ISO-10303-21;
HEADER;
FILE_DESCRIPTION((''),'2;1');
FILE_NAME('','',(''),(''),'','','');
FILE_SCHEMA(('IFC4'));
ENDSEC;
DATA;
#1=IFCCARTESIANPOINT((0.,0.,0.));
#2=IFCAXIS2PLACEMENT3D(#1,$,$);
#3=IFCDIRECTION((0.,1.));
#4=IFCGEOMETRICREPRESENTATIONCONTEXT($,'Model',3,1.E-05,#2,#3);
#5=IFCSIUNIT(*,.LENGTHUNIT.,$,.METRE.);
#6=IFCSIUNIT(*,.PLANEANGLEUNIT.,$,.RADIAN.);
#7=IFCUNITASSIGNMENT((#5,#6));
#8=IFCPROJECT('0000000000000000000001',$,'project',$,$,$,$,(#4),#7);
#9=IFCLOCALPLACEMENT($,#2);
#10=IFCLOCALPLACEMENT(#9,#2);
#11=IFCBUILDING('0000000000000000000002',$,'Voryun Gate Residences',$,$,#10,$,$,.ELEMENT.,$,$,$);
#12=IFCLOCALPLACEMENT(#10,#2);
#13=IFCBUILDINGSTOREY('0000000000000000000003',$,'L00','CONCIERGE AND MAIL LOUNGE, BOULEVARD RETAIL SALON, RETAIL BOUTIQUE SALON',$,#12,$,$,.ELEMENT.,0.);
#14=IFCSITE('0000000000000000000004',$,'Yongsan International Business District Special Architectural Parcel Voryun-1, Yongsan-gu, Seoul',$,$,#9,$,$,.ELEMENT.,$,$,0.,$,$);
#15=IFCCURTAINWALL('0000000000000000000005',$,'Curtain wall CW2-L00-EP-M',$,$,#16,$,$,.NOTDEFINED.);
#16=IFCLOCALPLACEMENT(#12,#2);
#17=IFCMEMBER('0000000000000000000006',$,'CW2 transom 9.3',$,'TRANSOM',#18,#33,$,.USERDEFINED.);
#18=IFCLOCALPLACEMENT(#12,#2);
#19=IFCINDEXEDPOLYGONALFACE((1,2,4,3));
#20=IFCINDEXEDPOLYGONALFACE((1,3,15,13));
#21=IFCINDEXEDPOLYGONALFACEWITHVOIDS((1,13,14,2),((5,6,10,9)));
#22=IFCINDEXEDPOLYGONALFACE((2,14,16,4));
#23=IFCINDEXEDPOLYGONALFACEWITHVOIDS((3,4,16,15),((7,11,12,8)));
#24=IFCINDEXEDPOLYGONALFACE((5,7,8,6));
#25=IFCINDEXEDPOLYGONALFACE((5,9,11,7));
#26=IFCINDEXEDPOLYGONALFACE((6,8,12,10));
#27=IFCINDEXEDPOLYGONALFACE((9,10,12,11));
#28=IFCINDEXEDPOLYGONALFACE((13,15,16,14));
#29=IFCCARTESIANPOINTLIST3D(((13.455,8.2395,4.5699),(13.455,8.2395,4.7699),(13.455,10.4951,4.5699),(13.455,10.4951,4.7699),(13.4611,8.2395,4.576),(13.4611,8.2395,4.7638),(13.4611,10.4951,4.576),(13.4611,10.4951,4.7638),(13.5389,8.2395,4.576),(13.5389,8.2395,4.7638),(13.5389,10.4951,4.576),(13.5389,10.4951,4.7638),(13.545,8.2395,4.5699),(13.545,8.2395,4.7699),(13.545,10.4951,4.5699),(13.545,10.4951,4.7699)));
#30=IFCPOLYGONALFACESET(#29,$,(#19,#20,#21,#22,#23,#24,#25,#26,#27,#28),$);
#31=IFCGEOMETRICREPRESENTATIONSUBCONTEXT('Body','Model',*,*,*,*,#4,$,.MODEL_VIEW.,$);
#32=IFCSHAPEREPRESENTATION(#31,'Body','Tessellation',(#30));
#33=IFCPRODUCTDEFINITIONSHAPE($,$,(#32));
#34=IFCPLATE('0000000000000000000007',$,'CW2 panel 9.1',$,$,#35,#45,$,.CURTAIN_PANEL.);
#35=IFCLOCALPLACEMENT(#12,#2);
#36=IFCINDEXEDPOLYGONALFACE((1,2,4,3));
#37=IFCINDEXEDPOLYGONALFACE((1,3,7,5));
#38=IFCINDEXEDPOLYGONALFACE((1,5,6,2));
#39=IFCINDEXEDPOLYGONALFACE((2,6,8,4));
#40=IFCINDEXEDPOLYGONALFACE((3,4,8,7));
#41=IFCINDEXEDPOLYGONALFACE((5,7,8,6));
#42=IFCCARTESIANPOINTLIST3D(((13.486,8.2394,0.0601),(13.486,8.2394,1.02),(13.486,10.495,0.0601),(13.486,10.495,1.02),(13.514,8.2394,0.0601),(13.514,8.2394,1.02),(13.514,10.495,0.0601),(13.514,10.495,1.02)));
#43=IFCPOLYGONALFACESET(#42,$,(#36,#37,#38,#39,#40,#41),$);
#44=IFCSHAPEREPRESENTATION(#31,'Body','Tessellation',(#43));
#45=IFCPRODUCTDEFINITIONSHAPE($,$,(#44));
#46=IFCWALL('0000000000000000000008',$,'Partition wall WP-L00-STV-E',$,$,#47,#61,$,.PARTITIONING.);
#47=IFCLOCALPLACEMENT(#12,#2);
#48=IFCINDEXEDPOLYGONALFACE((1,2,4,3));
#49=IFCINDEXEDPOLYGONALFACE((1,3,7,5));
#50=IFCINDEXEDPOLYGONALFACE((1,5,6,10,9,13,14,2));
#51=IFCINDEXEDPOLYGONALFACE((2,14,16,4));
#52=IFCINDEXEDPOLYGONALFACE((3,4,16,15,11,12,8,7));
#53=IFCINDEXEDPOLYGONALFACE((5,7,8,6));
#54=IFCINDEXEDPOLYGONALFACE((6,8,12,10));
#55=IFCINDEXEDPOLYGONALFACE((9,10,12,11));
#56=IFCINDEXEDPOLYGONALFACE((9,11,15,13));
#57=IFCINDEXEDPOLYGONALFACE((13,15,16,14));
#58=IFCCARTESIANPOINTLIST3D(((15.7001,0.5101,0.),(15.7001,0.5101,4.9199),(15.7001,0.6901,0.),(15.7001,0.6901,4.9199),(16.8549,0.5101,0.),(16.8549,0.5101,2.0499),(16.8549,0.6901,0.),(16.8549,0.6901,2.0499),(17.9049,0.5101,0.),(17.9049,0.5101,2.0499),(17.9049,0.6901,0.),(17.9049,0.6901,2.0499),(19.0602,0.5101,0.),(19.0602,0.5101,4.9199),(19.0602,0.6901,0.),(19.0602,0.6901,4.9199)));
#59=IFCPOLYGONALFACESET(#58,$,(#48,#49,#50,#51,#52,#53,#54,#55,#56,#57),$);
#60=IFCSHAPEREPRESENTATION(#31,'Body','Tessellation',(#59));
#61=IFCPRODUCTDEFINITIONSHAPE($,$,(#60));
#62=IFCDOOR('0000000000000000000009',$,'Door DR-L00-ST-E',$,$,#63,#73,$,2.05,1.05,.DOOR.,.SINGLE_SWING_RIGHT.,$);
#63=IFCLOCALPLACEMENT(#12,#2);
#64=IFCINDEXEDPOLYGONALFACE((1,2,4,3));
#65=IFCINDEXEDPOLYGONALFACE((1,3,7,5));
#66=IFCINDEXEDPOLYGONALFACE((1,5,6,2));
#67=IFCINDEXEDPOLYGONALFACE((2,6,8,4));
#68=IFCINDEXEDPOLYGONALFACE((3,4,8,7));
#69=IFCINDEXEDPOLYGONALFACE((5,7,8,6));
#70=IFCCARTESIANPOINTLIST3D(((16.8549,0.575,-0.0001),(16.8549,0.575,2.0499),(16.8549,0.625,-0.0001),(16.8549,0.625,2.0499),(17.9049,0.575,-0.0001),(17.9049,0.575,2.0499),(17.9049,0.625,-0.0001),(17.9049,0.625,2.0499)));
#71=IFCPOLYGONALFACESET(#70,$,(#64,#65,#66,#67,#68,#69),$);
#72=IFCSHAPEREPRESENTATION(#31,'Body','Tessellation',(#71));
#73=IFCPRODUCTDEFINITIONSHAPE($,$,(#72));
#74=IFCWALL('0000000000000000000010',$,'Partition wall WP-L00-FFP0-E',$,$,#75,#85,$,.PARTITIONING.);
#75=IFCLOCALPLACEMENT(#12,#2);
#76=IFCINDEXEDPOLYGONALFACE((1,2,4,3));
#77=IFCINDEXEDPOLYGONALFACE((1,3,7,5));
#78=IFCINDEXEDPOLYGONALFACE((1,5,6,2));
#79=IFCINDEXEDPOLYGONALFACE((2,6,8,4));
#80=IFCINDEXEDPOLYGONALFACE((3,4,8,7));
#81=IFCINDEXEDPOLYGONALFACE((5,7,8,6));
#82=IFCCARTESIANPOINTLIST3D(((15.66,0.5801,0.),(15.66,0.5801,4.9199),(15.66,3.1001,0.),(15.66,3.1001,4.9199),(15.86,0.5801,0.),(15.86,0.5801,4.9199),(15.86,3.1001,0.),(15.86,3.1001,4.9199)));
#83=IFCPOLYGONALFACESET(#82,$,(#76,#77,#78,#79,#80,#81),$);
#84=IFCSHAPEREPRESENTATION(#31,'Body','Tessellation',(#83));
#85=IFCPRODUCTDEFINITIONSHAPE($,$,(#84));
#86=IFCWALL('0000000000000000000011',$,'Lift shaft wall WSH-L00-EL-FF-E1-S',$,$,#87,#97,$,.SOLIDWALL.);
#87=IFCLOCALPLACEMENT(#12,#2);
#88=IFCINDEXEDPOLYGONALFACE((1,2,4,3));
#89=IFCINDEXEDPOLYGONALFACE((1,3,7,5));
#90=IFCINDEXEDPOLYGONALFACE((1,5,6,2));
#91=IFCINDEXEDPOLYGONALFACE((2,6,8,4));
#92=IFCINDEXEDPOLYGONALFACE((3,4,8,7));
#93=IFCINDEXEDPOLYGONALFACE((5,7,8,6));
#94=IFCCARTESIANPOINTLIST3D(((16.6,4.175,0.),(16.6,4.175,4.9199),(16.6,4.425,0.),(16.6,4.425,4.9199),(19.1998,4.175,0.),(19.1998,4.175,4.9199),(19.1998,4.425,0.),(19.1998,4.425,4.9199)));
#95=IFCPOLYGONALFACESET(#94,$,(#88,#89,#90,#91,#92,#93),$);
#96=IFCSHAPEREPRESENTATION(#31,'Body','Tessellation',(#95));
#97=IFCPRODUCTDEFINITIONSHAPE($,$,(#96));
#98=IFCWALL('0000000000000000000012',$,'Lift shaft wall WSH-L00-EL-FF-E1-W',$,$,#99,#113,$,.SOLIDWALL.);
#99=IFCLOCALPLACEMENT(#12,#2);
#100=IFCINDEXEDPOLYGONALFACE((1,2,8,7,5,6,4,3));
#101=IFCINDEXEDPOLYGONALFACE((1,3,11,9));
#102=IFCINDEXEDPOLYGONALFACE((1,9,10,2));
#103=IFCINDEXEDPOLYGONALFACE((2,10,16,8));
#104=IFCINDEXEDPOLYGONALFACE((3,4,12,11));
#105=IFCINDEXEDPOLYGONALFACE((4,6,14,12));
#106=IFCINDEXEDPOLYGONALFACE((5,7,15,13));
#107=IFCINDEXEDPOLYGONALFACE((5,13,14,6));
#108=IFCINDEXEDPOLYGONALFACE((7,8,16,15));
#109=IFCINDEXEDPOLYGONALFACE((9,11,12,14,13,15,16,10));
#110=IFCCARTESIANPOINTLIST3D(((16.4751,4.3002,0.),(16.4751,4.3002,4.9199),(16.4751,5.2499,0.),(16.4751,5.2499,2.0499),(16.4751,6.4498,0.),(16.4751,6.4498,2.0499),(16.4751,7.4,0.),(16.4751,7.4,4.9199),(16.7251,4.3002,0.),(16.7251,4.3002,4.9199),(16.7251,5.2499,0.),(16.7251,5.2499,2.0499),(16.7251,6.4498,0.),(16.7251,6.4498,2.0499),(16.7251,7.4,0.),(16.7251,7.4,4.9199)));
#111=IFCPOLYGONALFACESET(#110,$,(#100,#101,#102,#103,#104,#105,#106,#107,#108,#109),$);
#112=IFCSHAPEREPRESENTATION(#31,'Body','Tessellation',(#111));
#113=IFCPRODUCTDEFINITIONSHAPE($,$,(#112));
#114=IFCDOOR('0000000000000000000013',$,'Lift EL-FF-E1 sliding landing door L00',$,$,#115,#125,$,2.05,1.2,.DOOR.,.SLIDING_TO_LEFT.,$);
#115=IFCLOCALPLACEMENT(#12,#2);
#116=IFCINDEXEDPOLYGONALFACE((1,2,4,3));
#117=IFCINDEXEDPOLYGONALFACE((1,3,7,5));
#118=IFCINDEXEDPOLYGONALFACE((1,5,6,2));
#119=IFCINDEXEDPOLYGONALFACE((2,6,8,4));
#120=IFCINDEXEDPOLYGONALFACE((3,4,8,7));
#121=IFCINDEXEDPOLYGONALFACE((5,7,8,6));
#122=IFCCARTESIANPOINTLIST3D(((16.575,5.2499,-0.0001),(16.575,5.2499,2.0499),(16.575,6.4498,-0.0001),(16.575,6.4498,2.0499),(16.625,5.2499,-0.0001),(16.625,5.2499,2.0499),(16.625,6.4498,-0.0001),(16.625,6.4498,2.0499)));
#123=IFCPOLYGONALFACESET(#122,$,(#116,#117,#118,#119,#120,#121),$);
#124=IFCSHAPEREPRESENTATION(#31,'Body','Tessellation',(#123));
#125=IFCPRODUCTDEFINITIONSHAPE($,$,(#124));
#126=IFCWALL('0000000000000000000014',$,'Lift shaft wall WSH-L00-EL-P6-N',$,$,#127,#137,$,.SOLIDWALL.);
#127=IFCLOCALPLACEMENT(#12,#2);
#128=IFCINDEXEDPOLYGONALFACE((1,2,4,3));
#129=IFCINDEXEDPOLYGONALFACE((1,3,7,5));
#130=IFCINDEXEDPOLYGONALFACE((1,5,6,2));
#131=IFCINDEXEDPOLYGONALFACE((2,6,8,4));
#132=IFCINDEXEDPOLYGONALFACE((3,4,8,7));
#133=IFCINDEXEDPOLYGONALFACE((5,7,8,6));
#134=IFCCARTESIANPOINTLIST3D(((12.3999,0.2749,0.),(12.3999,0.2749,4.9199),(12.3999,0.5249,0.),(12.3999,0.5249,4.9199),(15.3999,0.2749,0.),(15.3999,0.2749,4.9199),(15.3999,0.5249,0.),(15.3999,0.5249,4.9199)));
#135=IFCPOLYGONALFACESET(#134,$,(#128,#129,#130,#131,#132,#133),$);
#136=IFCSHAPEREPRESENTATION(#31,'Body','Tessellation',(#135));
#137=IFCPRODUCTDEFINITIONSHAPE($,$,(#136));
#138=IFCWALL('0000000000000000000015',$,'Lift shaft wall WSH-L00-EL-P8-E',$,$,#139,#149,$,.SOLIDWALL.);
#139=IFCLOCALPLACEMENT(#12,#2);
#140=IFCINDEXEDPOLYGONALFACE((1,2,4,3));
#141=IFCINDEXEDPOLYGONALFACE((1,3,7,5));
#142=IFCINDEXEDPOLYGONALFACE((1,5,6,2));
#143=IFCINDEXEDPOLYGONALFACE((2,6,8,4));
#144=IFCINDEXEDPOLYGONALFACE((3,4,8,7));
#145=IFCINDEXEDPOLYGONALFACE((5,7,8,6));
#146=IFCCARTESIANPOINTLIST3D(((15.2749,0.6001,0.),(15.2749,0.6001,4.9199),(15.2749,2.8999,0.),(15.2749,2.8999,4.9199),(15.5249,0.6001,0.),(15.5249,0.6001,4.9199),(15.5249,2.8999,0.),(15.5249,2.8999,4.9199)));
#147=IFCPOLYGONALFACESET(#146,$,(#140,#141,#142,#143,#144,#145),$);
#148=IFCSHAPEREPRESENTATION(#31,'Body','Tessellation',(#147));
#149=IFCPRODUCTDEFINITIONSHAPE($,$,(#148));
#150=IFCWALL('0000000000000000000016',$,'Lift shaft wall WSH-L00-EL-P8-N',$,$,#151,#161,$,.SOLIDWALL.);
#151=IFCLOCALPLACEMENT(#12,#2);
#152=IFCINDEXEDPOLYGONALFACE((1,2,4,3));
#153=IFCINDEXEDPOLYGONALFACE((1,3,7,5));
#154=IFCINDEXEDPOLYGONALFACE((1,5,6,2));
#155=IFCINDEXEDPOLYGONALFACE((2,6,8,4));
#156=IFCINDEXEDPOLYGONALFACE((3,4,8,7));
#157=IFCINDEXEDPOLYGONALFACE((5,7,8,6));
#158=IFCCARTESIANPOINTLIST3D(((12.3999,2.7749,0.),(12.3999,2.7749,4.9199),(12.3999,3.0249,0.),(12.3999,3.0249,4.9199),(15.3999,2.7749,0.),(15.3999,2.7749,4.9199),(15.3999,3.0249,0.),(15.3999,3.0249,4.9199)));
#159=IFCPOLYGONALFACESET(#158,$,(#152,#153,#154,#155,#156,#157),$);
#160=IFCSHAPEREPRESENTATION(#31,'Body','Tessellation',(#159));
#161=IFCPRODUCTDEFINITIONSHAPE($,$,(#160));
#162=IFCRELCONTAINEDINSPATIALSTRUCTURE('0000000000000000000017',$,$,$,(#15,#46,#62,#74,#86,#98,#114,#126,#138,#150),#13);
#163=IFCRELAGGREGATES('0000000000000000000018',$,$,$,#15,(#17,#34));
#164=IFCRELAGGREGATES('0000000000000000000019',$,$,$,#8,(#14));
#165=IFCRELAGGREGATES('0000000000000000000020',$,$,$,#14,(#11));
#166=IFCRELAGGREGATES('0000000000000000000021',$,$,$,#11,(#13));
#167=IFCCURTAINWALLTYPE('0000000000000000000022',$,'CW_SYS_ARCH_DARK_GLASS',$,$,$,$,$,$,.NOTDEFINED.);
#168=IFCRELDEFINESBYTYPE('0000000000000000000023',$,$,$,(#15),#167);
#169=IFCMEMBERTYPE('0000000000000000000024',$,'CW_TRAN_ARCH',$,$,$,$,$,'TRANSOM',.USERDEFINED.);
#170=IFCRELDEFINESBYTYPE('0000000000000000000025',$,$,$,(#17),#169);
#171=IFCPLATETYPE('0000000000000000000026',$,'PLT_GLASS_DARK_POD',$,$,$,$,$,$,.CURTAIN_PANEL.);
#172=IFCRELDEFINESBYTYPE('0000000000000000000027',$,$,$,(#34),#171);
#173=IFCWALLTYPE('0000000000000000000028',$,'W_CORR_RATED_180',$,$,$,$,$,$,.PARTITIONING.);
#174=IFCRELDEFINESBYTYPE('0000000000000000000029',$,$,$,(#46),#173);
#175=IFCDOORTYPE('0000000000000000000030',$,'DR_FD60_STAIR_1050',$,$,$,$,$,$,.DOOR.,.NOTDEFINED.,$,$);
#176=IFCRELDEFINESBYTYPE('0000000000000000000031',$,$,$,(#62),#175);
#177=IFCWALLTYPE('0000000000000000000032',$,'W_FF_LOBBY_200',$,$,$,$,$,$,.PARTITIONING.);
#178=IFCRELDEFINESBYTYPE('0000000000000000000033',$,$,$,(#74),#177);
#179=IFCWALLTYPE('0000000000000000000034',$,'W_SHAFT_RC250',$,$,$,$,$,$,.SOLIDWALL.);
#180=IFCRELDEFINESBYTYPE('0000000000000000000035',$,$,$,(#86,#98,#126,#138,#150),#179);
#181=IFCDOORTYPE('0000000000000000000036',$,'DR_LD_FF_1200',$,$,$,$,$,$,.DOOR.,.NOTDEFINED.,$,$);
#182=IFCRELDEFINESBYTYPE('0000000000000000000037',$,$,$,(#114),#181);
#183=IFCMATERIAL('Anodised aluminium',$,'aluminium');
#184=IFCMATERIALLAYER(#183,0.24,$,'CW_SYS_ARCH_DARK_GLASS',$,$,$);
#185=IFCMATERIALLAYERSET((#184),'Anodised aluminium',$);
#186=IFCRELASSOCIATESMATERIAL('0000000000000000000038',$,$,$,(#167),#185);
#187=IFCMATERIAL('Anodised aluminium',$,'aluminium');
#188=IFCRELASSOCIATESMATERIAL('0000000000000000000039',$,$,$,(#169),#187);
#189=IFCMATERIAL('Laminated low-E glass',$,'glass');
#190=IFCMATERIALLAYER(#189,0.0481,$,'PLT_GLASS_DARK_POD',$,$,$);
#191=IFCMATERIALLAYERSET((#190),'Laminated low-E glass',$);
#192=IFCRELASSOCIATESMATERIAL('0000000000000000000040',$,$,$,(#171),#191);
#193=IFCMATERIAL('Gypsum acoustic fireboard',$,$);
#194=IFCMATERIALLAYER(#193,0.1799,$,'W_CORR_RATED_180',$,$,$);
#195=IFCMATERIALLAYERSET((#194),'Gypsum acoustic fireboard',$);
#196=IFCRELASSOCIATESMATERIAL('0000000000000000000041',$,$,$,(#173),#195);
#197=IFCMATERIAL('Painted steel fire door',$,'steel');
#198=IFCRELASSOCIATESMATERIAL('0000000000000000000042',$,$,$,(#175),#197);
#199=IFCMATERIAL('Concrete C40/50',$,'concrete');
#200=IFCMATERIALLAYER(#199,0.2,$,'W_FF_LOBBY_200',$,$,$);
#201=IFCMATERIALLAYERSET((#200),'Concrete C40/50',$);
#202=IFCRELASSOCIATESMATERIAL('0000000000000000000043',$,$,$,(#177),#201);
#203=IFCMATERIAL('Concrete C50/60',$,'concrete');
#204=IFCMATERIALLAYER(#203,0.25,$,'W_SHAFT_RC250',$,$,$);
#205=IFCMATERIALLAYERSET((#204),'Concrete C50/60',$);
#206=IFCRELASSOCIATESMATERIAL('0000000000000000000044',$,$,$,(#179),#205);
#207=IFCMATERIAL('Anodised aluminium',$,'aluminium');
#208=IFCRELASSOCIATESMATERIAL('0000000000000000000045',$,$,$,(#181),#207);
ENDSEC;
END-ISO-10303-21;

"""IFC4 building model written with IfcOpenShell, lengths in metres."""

from ifc_helpers import new_model, si_unit, direction, frame, frame_2d, origin, origin_2d, place, context, subcontext, project, spatial, rectangle, hollow_rectangle, extrude, material, layer, layer_set, material_profile, profile_set, type_object, element, fill, aggregate, save


model = new_model("IFC4")

# Units and contexts
model_context = context("Model", 3, precision=1e-05, world=origin(), true_north=direction((0.0, 1.0)))
body_context = subcontext(model_context, "Body", "Model", "MODEL_VIEW")
ifc_project = project(units=[si_unit("LENGTHUNIT", "METRE"), si_unit("PLANEANGLEUNIT", "RADIAN")], contexts=[model_context])

# Site, building, storey
site_placement = place(None, origin())
site = spatial("IfcSite", under=ifc_project, at=site_placement, Name="Yongsan International Business District Special Architectural Parcel Voryun-1, Yongsan-gu, Seoul", CompositionType="ELEMENT", RefElevation=0.0)
building_placement = place(site_placement, origin())
building = spatial("IfcBuilding", under=site, at=building_placement, Name="Voryun Gate Residences", CompositionType="ELEMENT")
storey_placement = place(building_placement, origin())
storey = spatial("IfcBuildingStorey", under=building, at=storey_placement, Name="L00", Description="CONCIERGE AND MAIL LOUNGE, BOULEVARD RETAIL SALON, RETAIL BOUTIQUE SALON", CompositionType="ELEMENT", Elevation=0.0)

# Curtain wall, member, plate
ifc_material_1 = material(Name="Anodised aluminium", Category="aluminium")
ifc_layer_1 = layer(ifc_material_1, 0.24, Name="CW_SYS_ARCH_DARK_GLASS")
ifc_layer_set_1 = layer_set([ifc_layer_1], Name="Anodised aluminium")
curtain_wall_type = type_object("IfcCurtainWallType", Name="CW_SYS_ARCH_DARK_GLASS", PredefinedType="NOTDEFINED", material=ifc_layer_set_1)
curtain_wall_placement = place(storey_placement, origin())
curtain_wall = element("IfcCurtainWall", 1, at=curtain_wall_placement, inside=storey, type_object=curtain_wall_type, Name="Curtain wall CW2-L00-EP-M", PredefinedType="NOTDEFINED")
ifc_material_2 = material(Name="Anodised aluminium", Category="aluminium")
ifc_material_profile_1 = material_profile(ifc_material_2, hollow_rectangle(XDim=0.0901, YDim=0.2, WallThickness=0.0061, at=origin_2d()), Name="ALU-TRAN-200x90x6")
ifc_profile_set_1 = profile_set([ifc_material_profile_1], Name="Anodised aluminium")
member_type_1 = type_object("IfcMemberType", Name="CW_TRAN_ARCH", ElementType="TRANSOM", PredefinedType="USERDEFINED", material=ifc_profile_set_1)
member_1_placement = place(storey_placement, frame((13.5, 8.2395, 4.6699), z_axis=(0.0, 1.0, 0.0), x_axis=(-1.0, 0.0, 0.0)))
member_1 = element("IfcMember", 2, at=member_1_placement, type_object=member_type_1, Name="CW2 transom 9.3", ObjectType="TRANSOM", PredefinedType="USERDEFINED", context=body_context, shape_type="SweptSolid", body=[
    extrude(hollow_rectangle(XDim=0.0901, YDim=0.2, WallThickness=0.0061, at=origin_2d()), origin(), (0.0, 0.0, 1.0), 2.2556),
])
ifc_material_3 = material(Name="Laminated low-E glass", Category="glass")
ifc_layer_2 = layer(ifc_material_3, 0.0481, Name="PLT_GLASS_DARK_POD")
ifc_layer_set_2 = layer_set([ifc_layer_2], Name="Laminated low-E glass")
plate_type = type_object("IfcPlateType", Name="PLT_GLASS_DARK_POD", PredefinedType="CURTAIN_PANEL", material=ifc_layer_set_2)
plate_placement = place(storey_placement, frame((13.5, 9.3672, 0.0601), z_axis=(0.0, 0.0, 1.0), x_axis=(0.0, 1.0, 0.0)))
plate = element("IfcPlate", 3, at=plate_placement, type_object=plate_type, Name="CW2 panel 9.1", PredefinedType="CURTAIN_PANEL", context=body_context, shape_type="SweptSolid", body=[
    extrude(rectangle(XDim=2.2556, YDim=0.0281, at=origin_2d()), origin(), (0.0, 0.0, 1.0), 0.96),
])
aggregate(curtain_wall, [member_1, plate])

# Wall, opening, door
ifc_material_4 = material(Name="Gypsum acoustic fireboard")
ifc_layer_3 = layer(ifc_material_4, 0.1799, Name="W_CORR_RATED_180")
ifc_layer_set_3 = layer_set([ifc_layer_3], Name="Gypsum acoustic fireboard")
wall_type_1 = type_object("IfcWallType", Name="W_CORR_RATED_180", PredefinedType="PARTITIONING", material=ifc_layer_set_3)
wall_1_placement = place(storey_placement, frame((15.7, 0.6001, 0.0), z_axis=(0.0, 0.0, 1.0), x_axis=(1.0, 0.0, 0.0)))
wall_1 = element("IfcWall", 4, at=wall_1_placement, inside=storey, type_object=wall_type_1, Name="Partition wall WP-L00-STV-E", PredefinedType="PARTITIONING", context=body_context, shape_type="SweptSolid", body=[
    extrude(rectangle(XDim=3.3601, YDim=0.1799, at=frame_2d((1.6802, 0.0))), origin(), (0.0, 0.0, 1.0), 4.9199),
])
opening_1_placement = place(wall_1_placement, frame((1.155, 0.0, 0.0)))
opening_1 = element("IfcOpeningElement", 5, at=opening_1_placement, cuts=wall_1, PredefinedType="OPENING", context=body_context, shape_type="SweptSolid", body=[
    extrude(rectangle(XDim=1.05, YDim=2.05, at=frame_2d((0.5249, 1.0249))), frame((0.0, 0.0999, 0.0), z_axis=(0.0, -1.0, 0.0), x_axis=(1.0, 0.0, 0.0)), (0.0, 0.0, 1.0), 0.2),
])
ifc_material_5 = material(Name="Painted steel fire door", Category="steel")
door_type_1 = type_object("IfcDoorType", Name="DR_FD60_STAIR_1050", OperationType="NOTDEFINED", PredefinedType="DOOR", material=ifc_material_5)
door_1_placement = place(opening_1_placement, origin())
door_1 = element("IfcDoor", 6, at=door_1_placement, inside=storey, type_object=door_type_1, Name="Door DR-L00-ST-E", OperationType="SINGLE_SWING_RIGHT", OverallHeight=2.05, OverallWidth=1.05, PredefinedType="DOOR", context=body_context, shape_type="SweptSolid", body=[
    extrude(rectangle(XDim=1.05, YDim=2.05, at=frame_2d((0.5249, 1.0249))), frame((0.0, 0.0249, 0.0), z_axis=(0.0, -1.0, 0.0), x_axis=(1.0, 0.0, 0.0)), (0.0, 0.0, 1.0), 0.05),
])
fill(opening_1, door_1)

# Walls
ifc_material_6 = material(Name="Concrete C40/50", Category="concrete")
ifc_layer_4 = layer(ifc_material_6, 0.2, Name="W_FF_LOBBY_200")
ifc_layer_set_4 = layer_set([ifc_layer_4], Name="Concrete C40/50")
wall_type_2 = type_object("IfcWallType", Name="W_FF_LOBBY_200", PredefinedType="PARTITIONING", material=ifc_layer_set_4)
wall_2_placement = place(storey_placement, frame((15.76, 0.5801, 0.0), z_axis=(0.0, 0.0, 1.0), x_axis=(0.0, 1.0, 0.0)))
element("IfcWall", 7, at=wall_2_placement, inside=storey, type_object=wall_type_2, Name="Partition wall WP-L00-FFP0-E", PredefinedType="PARTITIONING", context=body_context, shape_type="SweptSolid", body=[
    extrude(rectangle(XDim=2.52, YDim=0.2, at=frame_2d((1.26, 0.0))), origin(), (0.0, 0.0, 1.0), 4.9199),
])
ifc_material_7 = material(Name="Concrete C50/60", Category="concrete")
ifc_layer_5 = layer(ifc_material_7, 0.25, Name="W_SHAFT_RC250")
ifc_layer_set_5 = layer_set([ifc_layer_5], Name="Concrete C50/60")
wall_type_3 = type_object("IfcWallType", Name="W_SHAFT_RC250", PredefinedType="SOLIDWALL", material=ifc_layer_set_5)
wall_3_placement = place(storey_placement, frame((16.6001, 4.3, 0.0), z_axis=(0.0, 0.0, 1.0), x_axis=(1.0, 0.0, 0.0)))
element("IfcWall", 8, at=wall_3_placement, inside=storey, type_object=wall_type_3, Name="Lift shaft wall WSH-L00-EL-FF-E1-S", PredefinedType="SOLIDWALL", context=body_context, shape_type="SweptSolid", body=[
    extrude(rectangle(XDim=2.5999, YDim=0.25, at=frame_2d((1.2998, 0.0))), origin(), (0.0, 0.0, 1.0), 4.9199),
])

# Wall, opening, door
wall_4_placement = place(storey_placement, frame((16.6001, 7.3999, 0.0), z_axis=(0.0, 0.0, 1.0), x_axis=(0.0, -1.0, 0.0)))
wall_4 = element("IfcWall", 9, at=wall_4_placement, inside=storey, type_object=wall_type_3, Name="Lift shaft wall WSH-L00-EL-FF-E1-W", PredefinedType="SOLIDWALL", context=body_context, shape_type="SweptSolid", body=[
    extrude(rectangle(XDim=3.0999, YDim=0.25, at=frame_2d((1.5498, 0.0))), origin(), (0.0, 0.0, 1.0), 4.9199),
])
opening_2_placement = place(wall_4_placement, frame((0.95, 0.0, 0.0)))
opening_2 = element("IfcOpeningElement", 10, at=opening_2_placement, cuts=wall_4, PredefinedType="OPENING", context=body_context, shape_type="SweptSolid", body=[
    extrude(rectangle(XDim=1.2, YDim=2.05, at=frame_2d((0.6001, 1.0249))), frame((0.0, 0.135, 0.0), z_axis=(0.0, -1.0, 0.0), x_axis=(1.0, 0.0, 0.0)), (0.0, 0.0, 1.0), 0.27),
])
ifc_material_8 = material(Name="Anodised aluminium", Category="aluminium")
door_type_2 = type_object("IfcDoorType", Name="DR_LD_FF_1200", OperationType="NOTDEFINED", PredefinedType="DOOR", material=ifc_material_8)
door_2_placement = place(opening_2_placement, origin())
door_2 = element("IfcDoor", 11, at=door_2_placement, inside=storey, type_object=door_type_2, Name="Lift EL-FF-E1 sliding landing door L00", OperationType="SLIDING_TO_LEFT", OverallHeight=2.05, OverallWidth=1.2, PredefinedType="DOOR", context=body_context, shape_type="SweptSolid", body=[
    extrude(rectangle(XDim=1.2, YDim=2.05, at=frame_2d((0.6001, 1.0249))), frame((0.0, 0.0249, 0.0), z_axis=(0.0, -1.0, 0.0), x_axis=(1.0, 0.0, 0.0)), (0.0, 0.0, 1.0), 0.05),
])
fill(opening_2, door_2)

# Walls
wall_5_placement = place(storey_placement, frame((15.3999, 0.3999, 0.0), z_axis=(0.0, 0.0, 1.0), x_axis=(-1.0, 0.0, 0.0)))
element("IfcWall", 12, at=wall_5_placement, inside=storey, type_object=wall_type_3, Name="Lift shaft wall WSH-L00-EL-P6-N", PredefinedType="SOLIDWALL", context=body_context, shape_type="SweptSolid", body=[
    extrude(rectangle(XDim=3.0, YDim=0.25, at=frame_2d((1.5, 0.0))), origin(), (0.0, 0.0, 1.0), 4.9199),
])
wall_6_placement = place(storey_placement, frame((15.3999, 0.6001, 0.0), z_axis=(0.0, 0.0, 1.0), x_axis=(0.0, 1.0, 0.0)))
element("IfcWall", 13, at=wall_6_placement, inside=storey, type_object=wall_type_3, Name="Lift shaft wall WSH-L00-EL-P8-E", PredefinedType="SOLIDWALL", context=body_context, shape_type="SweptSolid", body=[
    extrude(rectangle(XDim=2.2998, YDim=0.25, at=frame_2d((1.1499, 0.0))), origin(), (0.0, 0.0, 1.0), 4.9199),
])
wall_7_placement = place(storey_placement, frame((15.3999, 2.8999, 0.0), z_axis=(0.0, 0.0, 1.0), x_axis=(-1.0, 0.0, 0.0)))
element("IfcWall", 14, at=wall_7_placement, inside=storey, type_object=wall_type_3, Name="Lift shaft wall WSH-L00-EL-P8-N", PredefinedType="SOLIDWALL", context=body_context, shape_type="SweptSolid", body=[
    extrude(rectangle(XDim=3.0, YDim=0.25, at=frame_2d((1.5, 0.0))), origin(), (0.0, 0.0, 1.0), 4.9199),
])

save(model, "model.ifc")
